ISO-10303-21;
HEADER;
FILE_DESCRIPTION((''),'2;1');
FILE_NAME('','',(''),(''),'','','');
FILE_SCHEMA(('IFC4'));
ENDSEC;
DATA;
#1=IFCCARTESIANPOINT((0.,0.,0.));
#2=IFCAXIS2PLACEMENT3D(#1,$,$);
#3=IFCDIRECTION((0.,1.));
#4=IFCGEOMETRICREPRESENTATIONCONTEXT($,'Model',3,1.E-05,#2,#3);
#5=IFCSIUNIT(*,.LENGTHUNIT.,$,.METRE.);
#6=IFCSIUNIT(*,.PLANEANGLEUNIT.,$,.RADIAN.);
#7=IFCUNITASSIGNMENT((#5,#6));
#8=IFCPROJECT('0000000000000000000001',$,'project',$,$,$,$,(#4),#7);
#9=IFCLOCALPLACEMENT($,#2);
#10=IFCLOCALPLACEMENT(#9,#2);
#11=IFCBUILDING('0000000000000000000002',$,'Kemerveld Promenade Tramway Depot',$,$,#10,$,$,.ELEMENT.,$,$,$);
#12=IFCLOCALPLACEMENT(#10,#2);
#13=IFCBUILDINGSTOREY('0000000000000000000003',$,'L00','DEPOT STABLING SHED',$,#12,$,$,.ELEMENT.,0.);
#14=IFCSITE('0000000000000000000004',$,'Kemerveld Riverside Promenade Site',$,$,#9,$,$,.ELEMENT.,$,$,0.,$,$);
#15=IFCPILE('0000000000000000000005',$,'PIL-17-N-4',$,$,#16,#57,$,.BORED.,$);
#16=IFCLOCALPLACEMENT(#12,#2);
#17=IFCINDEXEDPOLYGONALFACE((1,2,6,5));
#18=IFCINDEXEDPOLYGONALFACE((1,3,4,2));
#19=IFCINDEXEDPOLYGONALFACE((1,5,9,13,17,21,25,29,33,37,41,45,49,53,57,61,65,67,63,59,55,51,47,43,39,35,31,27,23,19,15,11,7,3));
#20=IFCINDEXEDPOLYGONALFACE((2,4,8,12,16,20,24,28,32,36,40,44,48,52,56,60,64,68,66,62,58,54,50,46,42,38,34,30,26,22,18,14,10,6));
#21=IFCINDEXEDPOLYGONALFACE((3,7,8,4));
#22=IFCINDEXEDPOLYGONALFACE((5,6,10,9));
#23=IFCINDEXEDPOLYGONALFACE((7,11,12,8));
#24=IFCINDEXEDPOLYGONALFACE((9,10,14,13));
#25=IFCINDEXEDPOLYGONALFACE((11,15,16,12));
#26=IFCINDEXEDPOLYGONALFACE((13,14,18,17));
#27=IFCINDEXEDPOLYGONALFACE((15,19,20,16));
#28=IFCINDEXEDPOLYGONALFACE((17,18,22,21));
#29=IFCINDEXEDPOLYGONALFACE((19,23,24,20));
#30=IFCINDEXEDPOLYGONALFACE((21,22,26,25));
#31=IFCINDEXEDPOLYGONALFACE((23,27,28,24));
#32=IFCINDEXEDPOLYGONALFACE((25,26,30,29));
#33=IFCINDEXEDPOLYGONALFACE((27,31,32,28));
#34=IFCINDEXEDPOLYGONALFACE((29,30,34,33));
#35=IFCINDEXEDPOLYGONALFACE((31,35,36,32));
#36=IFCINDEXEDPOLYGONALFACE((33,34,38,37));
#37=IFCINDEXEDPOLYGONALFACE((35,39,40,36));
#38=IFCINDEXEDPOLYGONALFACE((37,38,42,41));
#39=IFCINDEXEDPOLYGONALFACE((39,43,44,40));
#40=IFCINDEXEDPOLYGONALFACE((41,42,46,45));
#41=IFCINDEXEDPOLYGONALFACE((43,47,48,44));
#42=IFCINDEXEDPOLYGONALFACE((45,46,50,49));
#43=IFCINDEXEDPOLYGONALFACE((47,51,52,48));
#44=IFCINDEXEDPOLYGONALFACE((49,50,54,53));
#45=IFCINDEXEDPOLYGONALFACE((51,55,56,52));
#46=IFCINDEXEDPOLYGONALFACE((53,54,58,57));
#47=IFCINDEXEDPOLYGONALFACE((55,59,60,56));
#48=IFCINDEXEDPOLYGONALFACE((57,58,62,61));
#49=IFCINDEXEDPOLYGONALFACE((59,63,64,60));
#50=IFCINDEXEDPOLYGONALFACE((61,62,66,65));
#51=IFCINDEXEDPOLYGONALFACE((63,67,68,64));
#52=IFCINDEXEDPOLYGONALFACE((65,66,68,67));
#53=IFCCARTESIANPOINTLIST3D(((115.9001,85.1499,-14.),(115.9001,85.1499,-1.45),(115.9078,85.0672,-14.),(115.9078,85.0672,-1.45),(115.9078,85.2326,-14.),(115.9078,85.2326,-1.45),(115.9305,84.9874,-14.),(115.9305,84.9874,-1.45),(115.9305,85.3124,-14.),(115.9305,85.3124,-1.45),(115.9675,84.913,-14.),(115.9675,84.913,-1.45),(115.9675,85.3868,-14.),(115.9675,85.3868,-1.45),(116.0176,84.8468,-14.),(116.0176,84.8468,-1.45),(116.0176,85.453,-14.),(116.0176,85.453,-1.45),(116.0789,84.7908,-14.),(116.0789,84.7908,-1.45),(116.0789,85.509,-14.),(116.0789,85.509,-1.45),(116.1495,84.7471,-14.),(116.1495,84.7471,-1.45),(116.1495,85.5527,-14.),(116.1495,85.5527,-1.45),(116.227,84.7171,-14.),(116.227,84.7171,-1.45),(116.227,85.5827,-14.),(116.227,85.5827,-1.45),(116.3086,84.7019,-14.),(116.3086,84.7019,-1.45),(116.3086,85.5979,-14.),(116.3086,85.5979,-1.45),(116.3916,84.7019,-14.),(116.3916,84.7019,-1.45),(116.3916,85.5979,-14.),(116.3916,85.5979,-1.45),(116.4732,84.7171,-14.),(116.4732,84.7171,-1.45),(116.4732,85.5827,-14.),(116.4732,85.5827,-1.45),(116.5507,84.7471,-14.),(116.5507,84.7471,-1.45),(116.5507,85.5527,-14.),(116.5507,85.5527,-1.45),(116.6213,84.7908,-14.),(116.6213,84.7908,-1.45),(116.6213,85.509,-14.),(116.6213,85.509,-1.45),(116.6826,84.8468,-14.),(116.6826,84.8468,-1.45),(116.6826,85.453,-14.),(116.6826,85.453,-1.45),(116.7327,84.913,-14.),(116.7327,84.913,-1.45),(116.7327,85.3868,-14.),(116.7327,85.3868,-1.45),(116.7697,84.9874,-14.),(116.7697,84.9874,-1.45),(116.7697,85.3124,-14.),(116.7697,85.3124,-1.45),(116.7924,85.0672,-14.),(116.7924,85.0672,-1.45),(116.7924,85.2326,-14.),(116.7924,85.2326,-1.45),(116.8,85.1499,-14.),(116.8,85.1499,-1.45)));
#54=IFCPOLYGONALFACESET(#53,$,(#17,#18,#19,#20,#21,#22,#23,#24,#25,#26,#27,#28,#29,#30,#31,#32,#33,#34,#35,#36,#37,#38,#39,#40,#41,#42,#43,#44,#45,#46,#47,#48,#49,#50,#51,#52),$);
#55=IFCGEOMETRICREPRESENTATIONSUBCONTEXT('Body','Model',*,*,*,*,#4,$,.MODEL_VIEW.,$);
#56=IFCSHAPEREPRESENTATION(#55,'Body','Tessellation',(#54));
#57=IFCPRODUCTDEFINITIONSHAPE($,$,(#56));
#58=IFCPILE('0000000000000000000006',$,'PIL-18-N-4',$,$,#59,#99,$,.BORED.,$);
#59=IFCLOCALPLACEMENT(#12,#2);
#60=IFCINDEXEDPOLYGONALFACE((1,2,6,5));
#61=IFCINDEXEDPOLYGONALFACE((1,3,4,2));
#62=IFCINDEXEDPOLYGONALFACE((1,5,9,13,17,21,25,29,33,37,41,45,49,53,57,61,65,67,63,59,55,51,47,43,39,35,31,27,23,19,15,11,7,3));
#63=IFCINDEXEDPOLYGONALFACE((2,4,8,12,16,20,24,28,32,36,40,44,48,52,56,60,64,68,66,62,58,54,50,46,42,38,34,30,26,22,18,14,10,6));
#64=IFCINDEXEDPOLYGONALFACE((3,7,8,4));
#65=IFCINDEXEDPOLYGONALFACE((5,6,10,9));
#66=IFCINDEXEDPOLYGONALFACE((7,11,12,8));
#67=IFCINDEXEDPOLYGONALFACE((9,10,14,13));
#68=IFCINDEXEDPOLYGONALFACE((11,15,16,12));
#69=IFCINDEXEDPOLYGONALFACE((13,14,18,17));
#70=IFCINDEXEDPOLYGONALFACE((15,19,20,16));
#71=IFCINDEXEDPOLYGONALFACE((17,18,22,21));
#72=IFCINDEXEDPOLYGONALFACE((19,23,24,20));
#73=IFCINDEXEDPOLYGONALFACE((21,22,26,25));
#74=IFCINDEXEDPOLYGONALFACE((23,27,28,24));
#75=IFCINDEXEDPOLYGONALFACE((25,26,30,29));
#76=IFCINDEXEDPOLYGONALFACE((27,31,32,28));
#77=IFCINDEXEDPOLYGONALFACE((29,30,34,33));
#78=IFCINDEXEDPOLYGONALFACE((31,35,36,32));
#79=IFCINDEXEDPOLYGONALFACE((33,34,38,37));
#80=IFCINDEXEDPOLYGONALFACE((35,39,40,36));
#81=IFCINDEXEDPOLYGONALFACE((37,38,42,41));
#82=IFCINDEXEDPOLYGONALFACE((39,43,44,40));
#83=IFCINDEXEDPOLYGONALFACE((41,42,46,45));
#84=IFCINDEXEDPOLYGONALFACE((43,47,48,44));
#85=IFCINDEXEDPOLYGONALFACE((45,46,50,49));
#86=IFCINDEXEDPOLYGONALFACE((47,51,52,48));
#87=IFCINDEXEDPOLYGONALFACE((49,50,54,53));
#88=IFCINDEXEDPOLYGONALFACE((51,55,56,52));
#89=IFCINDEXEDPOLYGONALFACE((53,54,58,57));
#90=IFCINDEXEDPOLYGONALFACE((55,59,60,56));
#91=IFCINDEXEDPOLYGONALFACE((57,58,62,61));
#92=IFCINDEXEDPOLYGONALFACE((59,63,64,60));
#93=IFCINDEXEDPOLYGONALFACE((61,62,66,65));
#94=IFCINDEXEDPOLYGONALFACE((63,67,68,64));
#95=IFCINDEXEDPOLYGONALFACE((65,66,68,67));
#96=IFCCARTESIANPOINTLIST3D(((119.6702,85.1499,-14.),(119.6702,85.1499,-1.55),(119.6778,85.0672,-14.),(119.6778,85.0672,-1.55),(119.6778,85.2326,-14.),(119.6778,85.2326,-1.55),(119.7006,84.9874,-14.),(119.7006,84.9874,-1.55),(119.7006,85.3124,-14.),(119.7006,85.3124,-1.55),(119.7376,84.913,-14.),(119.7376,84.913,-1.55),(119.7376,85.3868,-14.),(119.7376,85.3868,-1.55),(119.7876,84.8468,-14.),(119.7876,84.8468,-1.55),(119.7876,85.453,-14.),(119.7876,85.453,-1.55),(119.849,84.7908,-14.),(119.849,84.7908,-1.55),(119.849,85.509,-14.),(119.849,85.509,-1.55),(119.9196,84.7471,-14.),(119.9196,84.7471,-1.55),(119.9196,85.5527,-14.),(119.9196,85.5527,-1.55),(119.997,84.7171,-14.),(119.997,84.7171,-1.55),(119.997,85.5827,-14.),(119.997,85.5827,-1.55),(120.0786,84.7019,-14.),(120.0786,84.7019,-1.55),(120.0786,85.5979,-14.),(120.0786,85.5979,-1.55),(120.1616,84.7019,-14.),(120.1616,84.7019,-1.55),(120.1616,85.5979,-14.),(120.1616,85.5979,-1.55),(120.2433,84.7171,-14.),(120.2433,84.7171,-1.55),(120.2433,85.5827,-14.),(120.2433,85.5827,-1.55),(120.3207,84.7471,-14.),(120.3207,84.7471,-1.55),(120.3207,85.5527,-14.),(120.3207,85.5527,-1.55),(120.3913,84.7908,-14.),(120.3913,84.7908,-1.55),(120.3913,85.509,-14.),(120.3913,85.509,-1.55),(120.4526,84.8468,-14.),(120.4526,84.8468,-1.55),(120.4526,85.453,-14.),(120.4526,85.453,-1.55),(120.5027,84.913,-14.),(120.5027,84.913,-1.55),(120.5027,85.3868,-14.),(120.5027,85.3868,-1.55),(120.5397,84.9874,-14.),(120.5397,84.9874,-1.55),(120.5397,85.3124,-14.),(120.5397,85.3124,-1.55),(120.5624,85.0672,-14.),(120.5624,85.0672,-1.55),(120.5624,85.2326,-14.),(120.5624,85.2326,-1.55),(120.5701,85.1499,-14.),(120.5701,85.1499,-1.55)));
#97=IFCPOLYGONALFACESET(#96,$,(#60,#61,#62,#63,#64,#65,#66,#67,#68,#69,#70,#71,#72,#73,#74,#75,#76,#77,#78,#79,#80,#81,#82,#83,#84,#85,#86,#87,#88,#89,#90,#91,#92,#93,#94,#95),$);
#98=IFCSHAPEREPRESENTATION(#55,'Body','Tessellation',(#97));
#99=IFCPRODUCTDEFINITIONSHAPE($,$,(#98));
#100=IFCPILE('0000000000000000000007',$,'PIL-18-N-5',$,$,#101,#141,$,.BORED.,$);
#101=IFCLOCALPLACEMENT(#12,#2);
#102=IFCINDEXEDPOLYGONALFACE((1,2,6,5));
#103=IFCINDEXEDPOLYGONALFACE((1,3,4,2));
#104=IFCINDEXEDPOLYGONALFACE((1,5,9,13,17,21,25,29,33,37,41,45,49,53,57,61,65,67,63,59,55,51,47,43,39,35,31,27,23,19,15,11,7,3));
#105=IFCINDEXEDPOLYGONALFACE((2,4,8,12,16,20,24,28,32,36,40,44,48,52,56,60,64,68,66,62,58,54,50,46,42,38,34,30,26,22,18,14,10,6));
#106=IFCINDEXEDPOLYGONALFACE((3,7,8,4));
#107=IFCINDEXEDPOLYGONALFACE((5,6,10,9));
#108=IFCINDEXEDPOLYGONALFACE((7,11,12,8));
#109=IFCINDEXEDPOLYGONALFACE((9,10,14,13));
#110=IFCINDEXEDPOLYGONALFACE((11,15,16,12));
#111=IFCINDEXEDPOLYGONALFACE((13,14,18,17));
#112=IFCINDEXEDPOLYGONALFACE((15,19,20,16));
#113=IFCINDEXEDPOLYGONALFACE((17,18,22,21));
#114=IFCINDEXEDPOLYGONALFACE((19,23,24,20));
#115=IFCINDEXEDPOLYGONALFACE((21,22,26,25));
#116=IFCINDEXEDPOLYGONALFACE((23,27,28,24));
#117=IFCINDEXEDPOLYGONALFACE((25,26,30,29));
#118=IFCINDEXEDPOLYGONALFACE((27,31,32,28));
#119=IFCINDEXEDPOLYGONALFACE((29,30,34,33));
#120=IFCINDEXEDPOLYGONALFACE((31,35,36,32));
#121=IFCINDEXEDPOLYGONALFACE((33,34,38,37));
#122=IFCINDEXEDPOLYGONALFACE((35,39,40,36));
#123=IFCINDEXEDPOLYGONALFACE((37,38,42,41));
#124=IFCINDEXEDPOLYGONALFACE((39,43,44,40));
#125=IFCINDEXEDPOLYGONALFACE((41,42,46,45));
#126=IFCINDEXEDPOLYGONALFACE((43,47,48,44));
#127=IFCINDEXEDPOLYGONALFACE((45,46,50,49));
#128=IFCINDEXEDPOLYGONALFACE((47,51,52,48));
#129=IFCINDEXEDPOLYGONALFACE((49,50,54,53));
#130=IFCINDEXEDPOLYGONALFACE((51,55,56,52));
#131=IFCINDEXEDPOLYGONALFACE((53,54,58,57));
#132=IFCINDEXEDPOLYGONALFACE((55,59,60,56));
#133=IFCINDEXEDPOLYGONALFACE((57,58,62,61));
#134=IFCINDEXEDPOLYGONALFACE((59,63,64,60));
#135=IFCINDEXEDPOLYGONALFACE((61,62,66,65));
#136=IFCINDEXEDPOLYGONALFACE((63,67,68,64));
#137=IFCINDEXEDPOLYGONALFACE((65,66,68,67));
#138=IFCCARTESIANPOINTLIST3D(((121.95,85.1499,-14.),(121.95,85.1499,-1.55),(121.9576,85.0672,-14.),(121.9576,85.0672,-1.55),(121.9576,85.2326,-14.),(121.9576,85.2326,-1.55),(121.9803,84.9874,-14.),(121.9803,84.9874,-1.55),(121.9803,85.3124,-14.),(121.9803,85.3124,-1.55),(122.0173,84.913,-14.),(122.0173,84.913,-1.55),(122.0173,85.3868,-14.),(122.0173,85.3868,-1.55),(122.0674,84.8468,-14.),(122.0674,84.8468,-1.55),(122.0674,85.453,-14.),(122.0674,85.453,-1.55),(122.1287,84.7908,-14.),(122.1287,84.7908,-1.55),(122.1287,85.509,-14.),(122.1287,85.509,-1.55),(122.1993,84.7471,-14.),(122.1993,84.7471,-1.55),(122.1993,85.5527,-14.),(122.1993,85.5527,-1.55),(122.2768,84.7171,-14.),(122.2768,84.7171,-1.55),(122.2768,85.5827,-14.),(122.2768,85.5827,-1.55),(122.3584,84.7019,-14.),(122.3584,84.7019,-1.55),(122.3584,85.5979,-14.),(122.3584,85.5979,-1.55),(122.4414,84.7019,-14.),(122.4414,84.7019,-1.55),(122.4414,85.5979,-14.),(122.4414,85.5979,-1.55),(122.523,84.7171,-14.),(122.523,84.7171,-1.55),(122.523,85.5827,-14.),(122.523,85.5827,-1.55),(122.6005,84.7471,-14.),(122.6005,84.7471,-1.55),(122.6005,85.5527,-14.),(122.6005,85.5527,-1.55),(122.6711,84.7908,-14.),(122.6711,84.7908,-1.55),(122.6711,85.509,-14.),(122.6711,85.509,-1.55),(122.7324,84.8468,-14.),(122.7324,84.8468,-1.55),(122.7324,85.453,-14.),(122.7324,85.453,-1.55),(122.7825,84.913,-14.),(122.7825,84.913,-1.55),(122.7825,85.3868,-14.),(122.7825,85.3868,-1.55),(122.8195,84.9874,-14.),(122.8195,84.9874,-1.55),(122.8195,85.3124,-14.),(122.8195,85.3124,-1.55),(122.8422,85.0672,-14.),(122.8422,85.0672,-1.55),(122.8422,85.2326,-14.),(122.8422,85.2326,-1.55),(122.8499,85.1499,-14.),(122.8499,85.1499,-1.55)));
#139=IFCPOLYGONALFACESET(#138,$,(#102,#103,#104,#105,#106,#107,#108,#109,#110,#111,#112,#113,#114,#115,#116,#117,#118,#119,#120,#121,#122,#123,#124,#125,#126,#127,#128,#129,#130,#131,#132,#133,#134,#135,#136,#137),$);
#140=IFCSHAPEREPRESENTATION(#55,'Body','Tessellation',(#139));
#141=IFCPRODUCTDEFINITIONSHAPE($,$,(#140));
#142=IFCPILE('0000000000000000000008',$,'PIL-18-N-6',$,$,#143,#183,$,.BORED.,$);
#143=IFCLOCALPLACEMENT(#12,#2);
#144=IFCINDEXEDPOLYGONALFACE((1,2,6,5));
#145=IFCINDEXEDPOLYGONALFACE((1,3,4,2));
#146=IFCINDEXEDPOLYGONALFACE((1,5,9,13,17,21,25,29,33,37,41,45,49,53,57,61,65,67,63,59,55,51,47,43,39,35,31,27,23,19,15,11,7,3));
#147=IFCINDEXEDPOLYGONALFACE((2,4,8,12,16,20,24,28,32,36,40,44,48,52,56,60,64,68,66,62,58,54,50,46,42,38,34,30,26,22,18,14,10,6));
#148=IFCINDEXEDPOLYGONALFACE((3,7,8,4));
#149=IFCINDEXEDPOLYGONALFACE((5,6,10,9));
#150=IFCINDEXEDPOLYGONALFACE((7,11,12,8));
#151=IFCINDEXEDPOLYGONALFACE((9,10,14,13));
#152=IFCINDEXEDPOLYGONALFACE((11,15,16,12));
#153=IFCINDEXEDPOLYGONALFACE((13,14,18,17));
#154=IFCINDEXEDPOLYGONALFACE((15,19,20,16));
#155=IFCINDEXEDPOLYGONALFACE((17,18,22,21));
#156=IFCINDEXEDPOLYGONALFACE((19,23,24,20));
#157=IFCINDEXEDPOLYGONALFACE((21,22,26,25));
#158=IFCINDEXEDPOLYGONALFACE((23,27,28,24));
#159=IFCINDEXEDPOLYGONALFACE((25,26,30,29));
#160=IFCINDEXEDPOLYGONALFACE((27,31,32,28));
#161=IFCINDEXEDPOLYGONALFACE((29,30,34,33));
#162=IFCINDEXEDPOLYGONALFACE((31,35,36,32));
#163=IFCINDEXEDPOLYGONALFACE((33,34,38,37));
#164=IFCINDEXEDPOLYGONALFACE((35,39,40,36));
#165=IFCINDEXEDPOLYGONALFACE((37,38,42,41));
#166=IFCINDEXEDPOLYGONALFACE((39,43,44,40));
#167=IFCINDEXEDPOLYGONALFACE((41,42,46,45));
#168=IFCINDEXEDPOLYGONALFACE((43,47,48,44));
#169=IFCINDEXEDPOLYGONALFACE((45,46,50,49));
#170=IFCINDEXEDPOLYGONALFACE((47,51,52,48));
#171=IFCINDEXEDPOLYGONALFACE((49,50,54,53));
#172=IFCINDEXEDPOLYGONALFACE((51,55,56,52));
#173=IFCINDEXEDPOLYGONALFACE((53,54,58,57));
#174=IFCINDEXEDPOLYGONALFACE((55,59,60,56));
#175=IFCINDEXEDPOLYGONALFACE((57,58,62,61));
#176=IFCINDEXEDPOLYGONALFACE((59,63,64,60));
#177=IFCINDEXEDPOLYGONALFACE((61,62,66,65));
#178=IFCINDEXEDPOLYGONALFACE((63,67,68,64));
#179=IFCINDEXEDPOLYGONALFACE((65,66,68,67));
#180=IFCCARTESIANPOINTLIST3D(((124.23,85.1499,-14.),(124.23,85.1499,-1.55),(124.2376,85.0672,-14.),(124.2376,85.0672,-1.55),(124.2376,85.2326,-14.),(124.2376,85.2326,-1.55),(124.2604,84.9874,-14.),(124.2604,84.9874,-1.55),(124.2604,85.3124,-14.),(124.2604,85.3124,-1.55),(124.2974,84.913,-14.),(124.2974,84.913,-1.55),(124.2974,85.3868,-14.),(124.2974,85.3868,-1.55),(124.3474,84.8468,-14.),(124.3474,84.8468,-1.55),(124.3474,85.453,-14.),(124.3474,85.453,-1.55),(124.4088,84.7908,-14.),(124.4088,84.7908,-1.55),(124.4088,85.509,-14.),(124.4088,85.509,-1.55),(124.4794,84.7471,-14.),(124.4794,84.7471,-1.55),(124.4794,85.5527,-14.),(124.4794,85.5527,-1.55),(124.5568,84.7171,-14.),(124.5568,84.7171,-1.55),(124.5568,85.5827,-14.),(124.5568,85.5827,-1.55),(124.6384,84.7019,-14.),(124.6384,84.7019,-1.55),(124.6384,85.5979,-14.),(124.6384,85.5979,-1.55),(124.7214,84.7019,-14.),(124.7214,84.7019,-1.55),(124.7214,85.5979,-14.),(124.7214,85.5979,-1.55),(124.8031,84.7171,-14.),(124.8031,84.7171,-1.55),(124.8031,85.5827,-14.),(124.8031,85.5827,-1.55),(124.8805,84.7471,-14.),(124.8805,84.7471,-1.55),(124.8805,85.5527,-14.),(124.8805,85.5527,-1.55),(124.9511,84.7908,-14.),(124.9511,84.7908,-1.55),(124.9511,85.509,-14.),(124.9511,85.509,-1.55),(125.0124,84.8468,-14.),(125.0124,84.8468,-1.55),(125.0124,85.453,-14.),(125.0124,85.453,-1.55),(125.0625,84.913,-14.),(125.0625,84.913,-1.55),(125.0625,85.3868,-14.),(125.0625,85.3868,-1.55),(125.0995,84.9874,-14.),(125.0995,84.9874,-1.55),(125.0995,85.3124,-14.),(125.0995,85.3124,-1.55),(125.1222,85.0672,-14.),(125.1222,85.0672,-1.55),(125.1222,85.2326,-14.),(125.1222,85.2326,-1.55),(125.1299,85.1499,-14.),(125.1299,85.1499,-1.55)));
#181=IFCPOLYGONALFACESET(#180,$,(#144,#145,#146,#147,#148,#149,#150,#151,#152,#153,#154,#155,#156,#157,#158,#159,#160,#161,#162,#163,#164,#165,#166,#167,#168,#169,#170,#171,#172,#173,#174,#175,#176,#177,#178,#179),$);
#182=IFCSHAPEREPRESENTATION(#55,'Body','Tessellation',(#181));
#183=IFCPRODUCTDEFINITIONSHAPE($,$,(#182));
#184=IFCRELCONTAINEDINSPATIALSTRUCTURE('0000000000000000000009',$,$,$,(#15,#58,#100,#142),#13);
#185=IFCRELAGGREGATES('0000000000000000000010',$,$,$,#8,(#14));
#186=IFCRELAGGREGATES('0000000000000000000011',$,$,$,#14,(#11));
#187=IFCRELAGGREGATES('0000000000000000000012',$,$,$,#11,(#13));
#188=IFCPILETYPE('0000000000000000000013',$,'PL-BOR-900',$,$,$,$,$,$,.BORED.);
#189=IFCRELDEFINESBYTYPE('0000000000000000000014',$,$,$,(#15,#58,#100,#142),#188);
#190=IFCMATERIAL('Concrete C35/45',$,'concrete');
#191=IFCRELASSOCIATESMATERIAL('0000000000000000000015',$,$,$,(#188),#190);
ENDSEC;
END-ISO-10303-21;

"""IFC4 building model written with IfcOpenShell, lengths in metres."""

from ifc_helpers import new_model, si_unit, direction, frame, origin, origin_2d, place, context, subcontext, project, spatial, circle, extrude, material, material_profile, profile_set, type_object, element, save


model = new_model("IFC4")

# Units and contexts
model_context = context("Model", 3, precision=1e-05, world=origin(), true_north=direction((0.0, 1.0)))
body_context = subcontext(model_context, "Body", "Model", "MODEL_VIEW")
ifc_project = project(units=[si_unit("LENGTHUNIT", "METRE"), si_unit("PLANEANGLEUNIT", "RADIAN")], contexts=[model_context])

# Site, building, storey
site_placement = place(None, origin())
site = spatial("IfcSite", under=ifc_project, at=site_placement, Name="Kemerveld Riverside Promenade Site", CompositionType="ELEMENT", RefElevation=0.0)
building_placement = place(site_placement, origin())
building = spatial("IfcBuilding", under=site, at=building_placement, Name="Kemerveld Promenade Tramway Depot", CompositionType="ELEMENT")
storey_placement = place(building_placement, origin())
storey = spatial("IfcBuildingStorey", under=building, at=storey_placement, Name="L00", Description="DEPOT STABLING SHED", CompositionType="ELEMENT", Elevation=0.0)

# Shared definitions
ifc_material_1 = material(Name="Concrete C35/45", Category="concrete")

# Piles
ifc_material_profile_1 = material_profile(ifc_material_1, circle(Radius=0.45, at=origin_2d()), Name="PILE-D900")
ifc_profile_set_1 = profile_set([ifc_material_profile_1], Name="Concrete C35/45")
pile_type_1 = type_object("IfcPileType", Name="PL-BOR-900", PredefinedType="BORED", material=ifc_profile_set_1)
pile_1_placement = place(storey_placement, frame((116.3501, 85.1499, -1.45), z_axis=(0.0, 0.0, -1.0), x_axis=(1.0, 0.0, 0.0)))
element("IfcPile", 1, at=pile_1_placement, inside=storey, type_object=pile_type_1, Name="PIL-17-N-4", PredefinedType="BORED", context=body_context, shape_type="SweptSolid", body=[
    extrude(circle(Radius=0.45, at=origin_2d()), origin(), (0.0, 0.0, 1.0), 12.55),
])
for number, where, z_axis, x_axis, name in (
    (2, (120.1201, 85.1499, -1.55), (0.0, 0.0, -1.0), (1.0, 0.0, 0.0), "PIL-18-N-4"),
    (3, (122.3999, 85.1499, -1.55), (0.0, 0.0, -1.0), (1.0, 0.0, 0.0), "PIL-18-N-5"),
    (4, (124.6799, 85.1499, -1.55), (0.0, 0.0, -1.0), (1.0, 0.0, 0.0), "PIL-18-N-6"),
):
    element("IfcPile", number, at=place(storey_placement, frame(where, z_axis=z_axis, x_axis=x_axis)), inside=storey, type_object=pile_type_1, Name=name, PredefinedType="BORED", context=body_context, shape_type="SweptSolid", body=[
        extrude(circle(Radius=0.45, at=origin_2d()), origin(), (0.0, 0.0, 1.0), 12.45),
    ])

save(model, "model.ifc")
